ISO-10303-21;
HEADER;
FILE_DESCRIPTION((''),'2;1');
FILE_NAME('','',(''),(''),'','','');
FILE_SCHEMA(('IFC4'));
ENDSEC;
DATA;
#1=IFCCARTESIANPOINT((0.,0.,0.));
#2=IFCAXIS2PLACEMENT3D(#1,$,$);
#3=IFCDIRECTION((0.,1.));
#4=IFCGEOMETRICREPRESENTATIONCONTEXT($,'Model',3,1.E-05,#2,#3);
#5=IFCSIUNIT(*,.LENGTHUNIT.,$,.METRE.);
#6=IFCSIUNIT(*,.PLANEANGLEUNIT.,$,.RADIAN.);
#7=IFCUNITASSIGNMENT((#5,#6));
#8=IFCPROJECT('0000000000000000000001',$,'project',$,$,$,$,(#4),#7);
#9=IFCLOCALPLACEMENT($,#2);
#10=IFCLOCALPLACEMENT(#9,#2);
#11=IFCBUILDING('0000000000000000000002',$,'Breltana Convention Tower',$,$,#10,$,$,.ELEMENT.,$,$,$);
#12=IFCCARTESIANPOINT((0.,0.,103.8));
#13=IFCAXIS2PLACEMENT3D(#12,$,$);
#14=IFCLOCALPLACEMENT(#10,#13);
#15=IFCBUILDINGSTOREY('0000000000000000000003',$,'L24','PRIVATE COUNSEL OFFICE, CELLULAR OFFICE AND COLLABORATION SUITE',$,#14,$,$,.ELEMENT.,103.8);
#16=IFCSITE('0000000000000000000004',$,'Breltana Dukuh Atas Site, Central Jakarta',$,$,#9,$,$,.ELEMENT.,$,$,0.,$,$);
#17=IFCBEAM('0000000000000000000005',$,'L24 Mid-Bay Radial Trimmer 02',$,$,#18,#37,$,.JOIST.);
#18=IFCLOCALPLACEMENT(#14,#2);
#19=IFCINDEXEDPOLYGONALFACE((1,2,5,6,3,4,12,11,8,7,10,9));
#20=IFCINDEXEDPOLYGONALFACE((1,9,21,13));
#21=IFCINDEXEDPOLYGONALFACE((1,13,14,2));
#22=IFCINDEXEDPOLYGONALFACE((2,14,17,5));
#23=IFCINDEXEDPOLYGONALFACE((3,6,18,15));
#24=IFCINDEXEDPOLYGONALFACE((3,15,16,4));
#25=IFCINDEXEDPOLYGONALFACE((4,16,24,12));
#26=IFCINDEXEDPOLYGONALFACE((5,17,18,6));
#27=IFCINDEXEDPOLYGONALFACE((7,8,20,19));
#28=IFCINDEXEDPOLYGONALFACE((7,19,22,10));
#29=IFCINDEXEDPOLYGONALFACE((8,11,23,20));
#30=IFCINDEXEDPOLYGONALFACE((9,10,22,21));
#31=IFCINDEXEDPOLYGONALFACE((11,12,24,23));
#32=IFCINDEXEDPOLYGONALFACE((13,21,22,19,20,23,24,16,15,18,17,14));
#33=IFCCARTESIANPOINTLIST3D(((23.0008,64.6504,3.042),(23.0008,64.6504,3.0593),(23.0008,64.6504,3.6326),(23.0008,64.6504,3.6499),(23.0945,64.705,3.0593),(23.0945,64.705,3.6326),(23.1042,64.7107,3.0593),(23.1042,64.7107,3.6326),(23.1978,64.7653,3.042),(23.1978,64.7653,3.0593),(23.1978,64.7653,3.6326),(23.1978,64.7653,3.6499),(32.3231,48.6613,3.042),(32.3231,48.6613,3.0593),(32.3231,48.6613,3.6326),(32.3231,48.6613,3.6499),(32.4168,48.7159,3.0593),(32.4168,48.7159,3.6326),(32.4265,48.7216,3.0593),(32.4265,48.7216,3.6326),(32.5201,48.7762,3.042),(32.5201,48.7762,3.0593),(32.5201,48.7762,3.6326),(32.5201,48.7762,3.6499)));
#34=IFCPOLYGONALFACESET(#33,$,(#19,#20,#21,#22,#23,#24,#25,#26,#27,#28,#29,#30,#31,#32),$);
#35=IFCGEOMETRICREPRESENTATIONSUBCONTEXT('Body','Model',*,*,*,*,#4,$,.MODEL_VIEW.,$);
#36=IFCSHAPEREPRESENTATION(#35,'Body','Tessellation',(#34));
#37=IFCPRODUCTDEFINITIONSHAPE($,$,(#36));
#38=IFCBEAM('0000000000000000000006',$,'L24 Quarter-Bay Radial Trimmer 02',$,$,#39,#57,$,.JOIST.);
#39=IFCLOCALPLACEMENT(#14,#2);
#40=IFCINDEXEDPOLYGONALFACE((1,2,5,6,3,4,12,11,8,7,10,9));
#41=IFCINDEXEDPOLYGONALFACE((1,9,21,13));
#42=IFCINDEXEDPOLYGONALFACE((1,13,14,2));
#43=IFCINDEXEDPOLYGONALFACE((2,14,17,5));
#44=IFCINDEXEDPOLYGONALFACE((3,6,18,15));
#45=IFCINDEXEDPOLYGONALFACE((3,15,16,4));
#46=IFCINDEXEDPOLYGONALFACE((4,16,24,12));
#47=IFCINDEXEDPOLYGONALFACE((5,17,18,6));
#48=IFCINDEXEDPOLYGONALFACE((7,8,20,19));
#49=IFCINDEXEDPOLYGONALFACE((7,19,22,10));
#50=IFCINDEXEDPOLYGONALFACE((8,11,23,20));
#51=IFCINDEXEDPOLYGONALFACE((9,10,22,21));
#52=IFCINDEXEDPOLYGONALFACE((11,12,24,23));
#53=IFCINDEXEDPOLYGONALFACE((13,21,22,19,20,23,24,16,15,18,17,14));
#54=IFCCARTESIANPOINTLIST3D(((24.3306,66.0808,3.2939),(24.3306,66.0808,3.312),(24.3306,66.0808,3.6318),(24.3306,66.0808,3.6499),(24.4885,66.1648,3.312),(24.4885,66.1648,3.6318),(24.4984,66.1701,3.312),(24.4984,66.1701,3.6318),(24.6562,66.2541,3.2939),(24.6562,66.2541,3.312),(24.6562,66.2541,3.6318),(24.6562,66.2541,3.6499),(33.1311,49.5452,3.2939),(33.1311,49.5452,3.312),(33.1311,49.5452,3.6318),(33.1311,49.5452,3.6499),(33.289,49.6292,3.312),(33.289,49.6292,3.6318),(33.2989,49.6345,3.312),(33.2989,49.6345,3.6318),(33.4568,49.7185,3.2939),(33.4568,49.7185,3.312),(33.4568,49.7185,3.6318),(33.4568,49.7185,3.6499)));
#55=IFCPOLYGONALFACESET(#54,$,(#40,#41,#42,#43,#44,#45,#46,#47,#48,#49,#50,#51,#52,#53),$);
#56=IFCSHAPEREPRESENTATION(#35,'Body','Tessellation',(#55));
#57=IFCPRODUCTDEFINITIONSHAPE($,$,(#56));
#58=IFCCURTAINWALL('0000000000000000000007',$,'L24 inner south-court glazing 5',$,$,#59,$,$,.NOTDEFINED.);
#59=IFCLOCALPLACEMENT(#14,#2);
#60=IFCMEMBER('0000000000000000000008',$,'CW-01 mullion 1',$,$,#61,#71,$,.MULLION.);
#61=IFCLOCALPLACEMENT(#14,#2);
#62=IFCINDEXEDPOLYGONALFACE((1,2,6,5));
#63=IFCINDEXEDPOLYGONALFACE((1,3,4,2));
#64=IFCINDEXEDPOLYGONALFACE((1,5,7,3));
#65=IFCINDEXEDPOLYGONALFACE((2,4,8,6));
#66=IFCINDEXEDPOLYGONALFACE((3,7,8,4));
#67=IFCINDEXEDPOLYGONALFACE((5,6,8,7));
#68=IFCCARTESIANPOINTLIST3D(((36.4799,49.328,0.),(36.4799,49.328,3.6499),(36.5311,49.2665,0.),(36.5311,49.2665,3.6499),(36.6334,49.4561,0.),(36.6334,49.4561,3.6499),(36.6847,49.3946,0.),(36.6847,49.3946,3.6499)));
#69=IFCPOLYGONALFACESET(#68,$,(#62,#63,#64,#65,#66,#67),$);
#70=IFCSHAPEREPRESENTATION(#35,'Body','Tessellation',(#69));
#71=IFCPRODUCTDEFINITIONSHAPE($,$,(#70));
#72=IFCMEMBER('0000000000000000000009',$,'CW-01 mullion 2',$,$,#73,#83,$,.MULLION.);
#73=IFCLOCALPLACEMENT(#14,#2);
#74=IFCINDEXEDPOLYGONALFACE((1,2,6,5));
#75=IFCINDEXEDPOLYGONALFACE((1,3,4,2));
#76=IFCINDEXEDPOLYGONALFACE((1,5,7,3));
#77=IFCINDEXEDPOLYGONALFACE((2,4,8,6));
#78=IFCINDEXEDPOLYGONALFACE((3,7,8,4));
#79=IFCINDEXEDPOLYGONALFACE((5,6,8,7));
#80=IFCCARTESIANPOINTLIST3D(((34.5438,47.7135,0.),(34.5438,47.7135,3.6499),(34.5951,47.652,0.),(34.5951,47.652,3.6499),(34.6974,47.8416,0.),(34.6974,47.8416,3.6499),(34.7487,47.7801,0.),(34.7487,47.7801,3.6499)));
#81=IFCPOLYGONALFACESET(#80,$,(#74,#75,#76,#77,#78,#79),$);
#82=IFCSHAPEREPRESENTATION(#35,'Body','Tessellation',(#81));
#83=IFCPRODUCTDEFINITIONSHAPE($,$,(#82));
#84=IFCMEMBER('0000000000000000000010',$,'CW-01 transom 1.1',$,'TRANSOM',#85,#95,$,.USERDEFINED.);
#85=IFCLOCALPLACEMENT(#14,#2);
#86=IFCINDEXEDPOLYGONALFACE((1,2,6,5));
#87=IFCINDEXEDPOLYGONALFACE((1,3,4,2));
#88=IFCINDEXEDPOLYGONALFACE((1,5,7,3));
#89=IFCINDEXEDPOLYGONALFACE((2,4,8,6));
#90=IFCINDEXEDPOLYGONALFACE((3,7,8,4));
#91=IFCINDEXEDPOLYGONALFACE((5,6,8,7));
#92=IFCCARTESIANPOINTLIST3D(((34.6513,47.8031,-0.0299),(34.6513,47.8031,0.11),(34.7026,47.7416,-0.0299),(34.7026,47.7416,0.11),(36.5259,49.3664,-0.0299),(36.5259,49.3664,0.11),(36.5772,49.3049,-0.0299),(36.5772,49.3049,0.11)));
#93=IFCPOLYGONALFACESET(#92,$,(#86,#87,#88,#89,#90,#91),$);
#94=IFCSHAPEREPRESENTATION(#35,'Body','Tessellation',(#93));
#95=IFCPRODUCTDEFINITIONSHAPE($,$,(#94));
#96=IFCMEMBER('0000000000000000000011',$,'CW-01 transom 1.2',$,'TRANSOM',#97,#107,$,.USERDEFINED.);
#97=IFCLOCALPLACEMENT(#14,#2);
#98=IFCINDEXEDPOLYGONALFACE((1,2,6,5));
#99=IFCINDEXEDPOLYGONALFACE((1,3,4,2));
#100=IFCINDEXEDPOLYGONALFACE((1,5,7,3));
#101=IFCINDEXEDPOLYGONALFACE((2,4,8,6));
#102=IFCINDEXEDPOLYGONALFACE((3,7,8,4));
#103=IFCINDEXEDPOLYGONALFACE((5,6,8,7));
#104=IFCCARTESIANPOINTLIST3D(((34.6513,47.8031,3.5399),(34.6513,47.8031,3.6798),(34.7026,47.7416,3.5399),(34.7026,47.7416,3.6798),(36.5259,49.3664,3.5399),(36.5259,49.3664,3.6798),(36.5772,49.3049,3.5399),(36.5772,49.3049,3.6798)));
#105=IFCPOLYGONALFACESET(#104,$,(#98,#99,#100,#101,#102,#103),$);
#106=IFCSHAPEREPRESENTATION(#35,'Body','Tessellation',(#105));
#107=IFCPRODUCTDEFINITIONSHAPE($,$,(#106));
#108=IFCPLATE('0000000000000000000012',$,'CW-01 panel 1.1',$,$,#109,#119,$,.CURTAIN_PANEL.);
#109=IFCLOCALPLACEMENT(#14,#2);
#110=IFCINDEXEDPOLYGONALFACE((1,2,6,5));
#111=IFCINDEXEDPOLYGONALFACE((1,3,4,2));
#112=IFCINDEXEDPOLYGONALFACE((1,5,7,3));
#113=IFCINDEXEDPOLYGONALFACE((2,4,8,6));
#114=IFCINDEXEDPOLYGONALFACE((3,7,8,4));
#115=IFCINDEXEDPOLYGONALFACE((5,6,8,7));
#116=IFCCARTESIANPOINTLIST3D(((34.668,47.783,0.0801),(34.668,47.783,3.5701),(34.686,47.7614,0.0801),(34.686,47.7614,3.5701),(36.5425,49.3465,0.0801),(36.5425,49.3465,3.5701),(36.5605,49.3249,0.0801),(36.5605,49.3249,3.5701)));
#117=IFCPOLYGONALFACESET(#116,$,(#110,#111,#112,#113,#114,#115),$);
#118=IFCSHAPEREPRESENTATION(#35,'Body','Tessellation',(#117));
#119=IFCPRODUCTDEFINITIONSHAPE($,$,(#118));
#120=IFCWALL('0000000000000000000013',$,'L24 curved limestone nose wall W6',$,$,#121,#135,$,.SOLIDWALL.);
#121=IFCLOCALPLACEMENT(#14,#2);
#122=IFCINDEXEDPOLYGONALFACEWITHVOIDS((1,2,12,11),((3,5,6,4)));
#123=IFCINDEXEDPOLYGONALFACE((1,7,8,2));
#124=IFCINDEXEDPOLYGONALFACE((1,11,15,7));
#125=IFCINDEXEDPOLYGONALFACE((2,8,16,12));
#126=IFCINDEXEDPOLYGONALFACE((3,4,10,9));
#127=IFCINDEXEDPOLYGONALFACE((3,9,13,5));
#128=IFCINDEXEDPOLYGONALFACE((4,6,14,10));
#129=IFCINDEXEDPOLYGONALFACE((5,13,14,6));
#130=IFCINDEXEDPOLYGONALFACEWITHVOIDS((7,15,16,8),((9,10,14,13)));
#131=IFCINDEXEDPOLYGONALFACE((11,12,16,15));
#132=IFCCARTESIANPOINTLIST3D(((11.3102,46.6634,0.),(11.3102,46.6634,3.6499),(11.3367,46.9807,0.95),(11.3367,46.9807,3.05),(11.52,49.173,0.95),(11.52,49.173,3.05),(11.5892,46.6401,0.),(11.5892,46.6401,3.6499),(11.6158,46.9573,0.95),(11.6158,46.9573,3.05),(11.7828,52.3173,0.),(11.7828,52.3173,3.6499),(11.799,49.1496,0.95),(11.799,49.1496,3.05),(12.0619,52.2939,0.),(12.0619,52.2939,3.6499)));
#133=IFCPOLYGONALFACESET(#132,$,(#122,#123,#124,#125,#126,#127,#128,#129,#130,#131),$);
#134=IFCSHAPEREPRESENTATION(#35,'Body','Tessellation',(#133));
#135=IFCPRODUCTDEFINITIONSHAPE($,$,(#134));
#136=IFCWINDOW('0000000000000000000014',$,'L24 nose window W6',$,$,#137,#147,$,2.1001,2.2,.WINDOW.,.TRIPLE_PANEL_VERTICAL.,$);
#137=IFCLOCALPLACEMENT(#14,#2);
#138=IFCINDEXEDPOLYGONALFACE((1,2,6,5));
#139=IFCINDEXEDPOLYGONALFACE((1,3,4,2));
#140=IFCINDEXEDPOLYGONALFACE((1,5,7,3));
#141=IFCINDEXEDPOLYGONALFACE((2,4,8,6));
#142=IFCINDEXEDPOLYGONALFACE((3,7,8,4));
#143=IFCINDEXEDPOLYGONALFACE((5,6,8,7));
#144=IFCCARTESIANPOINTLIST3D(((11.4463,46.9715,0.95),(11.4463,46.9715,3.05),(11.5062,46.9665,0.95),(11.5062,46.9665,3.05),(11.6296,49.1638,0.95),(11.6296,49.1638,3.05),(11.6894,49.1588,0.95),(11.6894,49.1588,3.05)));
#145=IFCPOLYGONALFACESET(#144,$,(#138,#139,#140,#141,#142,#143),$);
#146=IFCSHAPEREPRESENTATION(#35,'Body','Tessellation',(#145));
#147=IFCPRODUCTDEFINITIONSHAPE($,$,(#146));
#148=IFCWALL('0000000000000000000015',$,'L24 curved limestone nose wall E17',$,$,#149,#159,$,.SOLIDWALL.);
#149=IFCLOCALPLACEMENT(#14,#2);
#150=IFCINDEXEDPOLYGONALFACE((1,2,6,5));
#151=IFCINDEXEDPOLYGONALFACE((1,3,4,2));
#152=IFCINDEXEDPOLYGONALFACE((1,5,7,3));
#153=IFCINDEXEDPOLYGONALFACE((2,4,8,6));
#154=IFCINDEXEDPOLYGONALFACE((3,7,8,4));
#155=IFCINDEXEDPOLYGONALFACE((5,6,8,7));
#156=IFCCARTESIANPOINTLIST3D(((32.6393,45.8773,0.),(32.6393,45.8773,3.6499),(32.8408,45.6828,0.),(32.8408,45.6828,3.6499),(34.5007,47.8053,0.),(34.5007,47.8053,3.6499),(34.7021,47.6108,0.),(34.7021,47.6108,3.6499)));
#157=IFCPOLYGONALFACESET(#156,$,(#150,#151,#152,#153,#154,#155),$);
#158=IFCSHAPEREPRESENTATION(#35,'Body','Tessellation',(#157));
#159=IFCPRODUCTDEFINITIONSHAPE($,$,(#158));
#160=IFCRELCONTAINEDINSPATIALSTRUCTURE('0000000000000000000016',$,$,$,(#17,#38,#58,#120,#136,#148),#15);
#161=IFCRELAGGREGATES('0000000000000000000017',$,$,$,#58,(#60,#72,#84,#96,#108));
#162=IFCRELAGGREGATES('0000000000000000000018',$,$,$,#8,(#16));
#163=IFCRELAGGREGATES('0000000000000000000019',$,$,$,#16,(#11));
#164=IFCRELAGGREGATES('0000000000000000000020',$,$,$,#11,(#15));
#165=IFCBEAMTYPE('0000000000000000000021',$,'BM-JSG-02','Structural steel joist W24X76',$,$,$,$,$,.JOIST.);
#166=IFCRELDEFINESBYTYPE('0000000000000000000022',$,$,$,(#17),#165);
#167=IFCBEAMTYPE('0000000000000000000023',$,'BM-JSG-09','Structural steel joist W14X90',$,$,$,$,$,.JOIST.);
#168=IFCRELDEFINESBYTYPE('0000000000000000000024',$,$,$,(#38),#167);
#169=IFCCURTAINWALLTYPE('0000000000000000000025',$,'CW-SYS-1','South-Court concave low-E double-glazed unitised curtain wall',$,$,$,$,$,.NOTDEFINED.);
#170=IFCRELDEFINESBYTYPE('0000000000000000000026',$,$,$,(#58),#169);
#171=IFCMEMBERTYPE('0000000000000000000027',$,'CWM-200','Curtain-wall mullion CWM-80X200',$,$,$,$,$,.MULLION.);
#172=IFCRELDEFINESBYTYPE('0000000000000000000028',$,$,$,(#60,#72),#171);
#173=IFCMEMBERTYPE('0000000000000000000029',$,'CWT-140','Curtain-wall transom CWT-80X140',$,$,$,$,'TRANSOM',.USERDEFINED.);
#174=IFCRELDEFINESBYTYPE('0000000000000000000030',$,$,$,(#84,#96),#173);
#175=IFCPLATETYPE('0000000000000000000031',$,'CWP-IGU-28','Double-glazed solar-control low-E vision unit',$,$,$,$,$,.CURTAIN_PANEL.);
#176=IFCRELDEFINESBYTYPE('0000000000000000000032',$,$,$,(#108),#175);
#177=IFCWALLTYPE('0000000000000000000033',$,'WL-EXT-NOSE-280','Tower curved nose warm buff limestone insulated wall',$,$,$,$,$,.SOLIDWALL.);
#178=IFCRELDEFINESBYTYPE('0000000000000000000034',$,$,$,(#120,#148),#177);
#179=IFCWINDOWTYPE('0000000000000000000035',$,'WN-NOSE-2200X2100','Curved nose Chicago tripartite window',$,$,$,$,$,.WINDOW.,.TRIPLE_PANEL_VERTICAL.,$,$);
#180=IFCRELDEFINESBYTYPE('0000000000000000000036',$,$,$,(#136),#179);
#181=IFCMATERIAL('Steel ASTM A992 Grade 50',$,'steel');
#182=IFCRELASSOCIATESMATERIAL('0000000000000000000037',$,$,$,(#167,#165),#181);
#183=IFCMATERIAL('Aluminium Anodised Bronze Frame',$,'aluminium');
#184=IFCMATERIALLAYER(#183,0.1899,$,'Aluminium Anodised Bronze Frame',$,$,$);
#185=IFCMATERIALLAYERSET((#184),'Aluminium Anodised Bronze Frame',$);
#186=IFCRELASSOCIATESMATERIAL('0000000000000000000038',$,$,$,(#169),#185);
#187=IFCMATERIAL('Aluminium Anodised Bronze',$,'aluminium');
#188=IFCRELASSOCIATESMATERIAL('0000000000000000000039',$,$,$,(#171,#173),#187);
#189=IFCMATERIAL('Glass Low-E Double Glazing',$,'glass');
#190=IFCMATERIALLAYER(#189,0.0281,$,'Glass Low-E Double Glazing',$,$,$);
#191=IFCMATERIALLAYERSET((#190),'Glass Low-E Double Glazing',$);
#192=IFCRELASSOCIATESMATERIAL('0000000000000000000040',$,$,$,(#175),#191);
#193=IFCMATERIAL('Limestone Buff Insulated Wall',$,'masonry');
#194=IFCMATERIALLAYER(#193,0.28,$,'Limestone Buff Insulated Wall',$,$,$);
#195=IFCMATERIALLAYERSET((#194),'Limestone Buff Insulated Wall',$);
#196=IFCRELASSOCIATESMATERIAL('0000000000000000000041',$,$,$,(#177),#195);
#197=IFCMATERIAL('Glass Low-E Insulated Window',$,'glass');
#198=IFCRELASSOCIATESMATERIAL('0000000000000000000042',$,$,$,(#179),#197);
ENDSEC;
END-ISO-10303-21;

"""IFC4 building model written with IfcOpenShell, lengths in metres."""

from ifc_helpers import new_model, si_unit, direction, frame, frame_2d, origin, origin_2d, place, context, subcontext, project, spatial, rectangle, i_section, extrude, source, transform, mapped, material, layer, layer_set, material_profile, profile_set, type_object, type_shapes, element, fill, aggregate, save


model = new_model("IFC4")

# Units and contexts
model_context = context("Model", 3, precision=1e-05, world=origin(), true_north=direction((0.0, 1.0)))
body_context = subcontext(model_context, "Body", "Model", "MODEL_VIEW")
ifc_project = project(units=[si_unit("LENGTHUNIT", "METRE"), si_unit("PLANEANGLEUNIT", "RADIAN")], contexts=[model_context])

# Site, building, storey
site_placement = place(None, origin())
site = spatial("IfcSite", under=ifc_project, at=site_placement, Name="Breltana Dukuh Atas Site, Central Jakarta", CompositionType="ELEMENT", RefElevation=0.0)
building_placement = place(site_placement, origin())
building = spatial("IfcBuilding", under=site, at=building_placement, Name="Breltana Convention Tower", CompositionType="ELEMENT")
storey_placement = place(building_placement, frame((0.0, 0.0, 103.8)))
storey = spatial("IfcBuildingStorey", under=building, at=storey_placement, Name="L24", Description="PRIVATE COUNSEL OFFICE, CELLULAR OFFICE AND COLLABORATION SUITE", CompositionType="ELEMENT", Elevation=103.8)

# Beams
ifc_material_1 = material(Name="Steel ASTM A992 Grade 50", Category="steel")
ifc_material_profile_1 = material_profile(ifc_material_1, i_section(OverallWidth=0.3689, OverallDepth=0.356, WebThickness=0.0112, FlangeThickness=0.0181, at=origin_2d()), Name="W14X90")
ifc_profile_set_1 = profile_set([ifc_material_profile_1], Name="Steel ASTM A992 Grade 50")
beam_type_1 = type_object("IfcBeamType", Name="BM-JSG-09", Description="Structural steel joist W14X90", PredefinedType="JOIST", material=ifc_profile_set_1)
ifc_material_profile_2 = material_profile(ifc_material_1, i_section(OverallWidth=0.228, OverallDepth=0.6079, WebThickness=0.0112, FlangeThickness=0.0173, at=origin_2d()), Name="W24X76")
ifc_profile_set_2 = profile_set([ifc_material_profile_2], Name="Steel ASTM A992 Grade 50")
beam_type_2 = type_object("IfcBeamType", Name="BM-JSG-02", Description="Structural steel joist W24X76", PredefinedType="JOIST", material=ifc_profile_set_2)
shared_shape_1 = source(origin(), body_context, "Body", "SweptSolid", [
    extrude(i_section(OverallWidth=0.228, OverallDepth=0.6079, WebThickness=0.0112, FlangeThickness=0.0173, at=origin_2d()), origin(), (0.0, 0.0, 1.0), 18.5083),
])
beam_1_placement = place(storey_placement, frame((32.4216, 48.7188, 3.3459), z_axis=(-0.503683, 0.863888, 0.0), x_axis=(-0.863888, -0.503683, 0.0)))
element("IfcBeam", 1, at=beam_1_placement, inside=storey, type_object=beam_type_2, Name="L24 Mid-Bay Radial Trimmer 02", PredefinedType="JOIST", context=body_context, shape_type="MappedRepresentation", body=[
    mapped(shared_shape_1, transform((0.0, 0.0, 0.0), scale=1.0)),
])
shared_shape_2 = source(origin(), body_context, "Body", "SweptSolid", [
    extrude(i_section(OverallWidth=0.3689, OverallDepth=0.356, WebThickness=0.0112, FlangeThickness=0.0181, at=origin_2d()), origin(), (0.0, 0.0, 1.0), 18.7317),
])
beam_2_placement = place(storey_placement, frame((33.2939, 49.6318, 3.4719), z_axis=(-0.46982, 0.882762, 0.0), x_axis=(-0.882762, -0.46982, 0.0)))
element("IfcBeam", 2, at=beam_2_placement, inside=storey, type_object=beam_type_1, Name="L24 Quarter-Bay Radial Trimmer 02", PredefinedType="JOIST", context=body_context, shape_type="MappedRepresentation", body=[
    mapped(shared_shape_2, transform((0.0, 0.0, 0.0), scale=1.0)),
])

# Curtain wall, members, plate
ifc_material_2 = material(Name="Aluminium Anodised Bronze Frame", Category="aluminium")
ifc_layer_1 = layer(ifc_material_2, 0.1899, Name="Aluminium Anodised Bronze Frame")
ifc_layer_set_1 = layer_set([ifc_layer_1], Name="Aluminium Anodised Bronze Frame")
curtain_wall_type = type_object("IfcCurtainWallType", Name="CW-SYS-1", Description="South-Court concave low-E double-glazed unitised curtain wall", PredefinedType="NOTDEFINED", material=ifc_layer_set_1)
curtain_wall_placement = place(storey_placement, origin())
curtain_wall = element("IfcCurtainWall", 3, at=curtain_wall_placement, inside=storey, type_object=curtain_wall_type, Name="L24 inner south-court glazing 5", PredefinedType="NOTDEFINED")
ifc_material_3 = material(Name="Aluminium Anodised Bronze", Category="aluminium")
ifc_material_profile_3 = material_profile(ifc_material_3, rectangle(XDim=0.0801, YDim=0.2, at=origin_2d()), Name="CWM-80X200")
ifc_profile_set_3 = profile_set([ifc_material_profile_3], Name="Aluminium Anodised Bronze")
member_type_1 = type_object("IfcMemberType", Name="CWM-200", Description="Curtain-wall mullion CWM-80X200", PredefinedType="MULLION", material=ifc_profile_set_3)
shared_shape_3 = source(origin(), body_context, "Body", "SweptSolid", [
    extrude(rectangle(XDim=0.0801, YDim=0.2, at=origin_2d()), origin(), (0.0, 0.0, 1.0), 3.6499),
])
member_1_placement = place(storey_placement, frame((36.5823, 49.3613, 0.0), z_axis=(0.0, 0.0, 1.0), x_axis=(0.640521, -0.767941, 0.0)))
member_1 = element("IfcMember", 4, at=member_1_placement, type_object=member_type_1, Name="CW-01 mullion 1", PredefinedType="MULLION", context=body_context, shape_type="MappedRepresentation", body=[
    mapped(shared_shape_3, transform((0.0, 0.0, 0.0), scale=1.0)),
])
member_2_placement = place(storey_placement, frame((34.6462, 47.7468, 0.0), z_axis=(0.0, 0.0, 1.0), x_axis=(0.640521, -0.767941, 0.0)))
member_2 = element("IfcMember", 5, at=member_2_placement, type_object=member_type_1, Name="CW-01 mullion 2", PredefinedType="MULLION", context=body_context, shape_type="MappedRepresentation", body=[
    mapped(shared_shape_3, transform((0.0, 0.0, 0.0), scale=1.0)),
])
ifc_material_profile_4 = material_profile(ifc_material_3, rectangle(XDim=0.0801, YDim=0.1399, at=origin_2d()), Name="CWT-80X140")
ifc_profile_set_4 = profile_set([ifc_material_profile_4], Name="Aluminium Anodised Bronze")
member_type_2 = type_object("IfcMemberType", Name="CWT-140", Description="Curtain-wall transom CWT-80X140", ElementType="TRANSOM", PredefinedType="USERDEFINED", material=ifc_profile_set_4)
shared_shape_4 = source(origin(), body_context, "Body", "SweptSolid", [
    extrude(rectangle(XDim=0.0801, YDim=0.1399, at=origin_2d()), origin(), (0.0, 0.0, 1.0), 2.4409),
])
member_3_placement = place(storey_placement, frame((36.5515, 49.3357, 0.04), z_axis=(-0.767992, -0.64046, 0.0), x_axis=(0.64046, -0.767992, 0.0)))
member_3 = element("IfcMember", 6, at=member_3_placement, type_object=member_type_2, Name="CW-01 transom 1.1", ObjectType="TRANSOM", PredefinedType="USERDEFINED", context=body_context, shape_type="MappedRepresentation", body=[
    mapped(shared_shape_4, transform((0.0, 0.0, 0.0), scale=1.0)),
])
member_4_placement = place(storey_placement, frame((36.5515, 49.3357, 3.6099), z_axis=(-0.767992, -0.64046, 0.0), x_axis=(0.64046, -0.767992, 0.0)))
member_4 = element("IfcMember", 7, at=member_4_placement, type_object=member_type_2, Name="CW-01 transom 1.2", ObjectType="TRANSOM", PredefinedType="USERDEFINED", context=body_context, shape_type="MappedRepresentation", body=[
    mapped(shared_shape_4, transform((0.0, 0.0, 0.0), scale=1.0)),
])
ifc_material_4 = material(Name="Glass Low-E Double Glazing", Category="glass")
ifc_layer_2 = layer(ifc_material_4, 0.0281, Name="Glass Low-E Double Glazing")
ifc_layer_set_2 = layer_set([ifc_layer_2], Name="Glass Low-E Double Glazing")
plate_type = type_object("IfcPlateType", Name="CWP-IGU-28", Description="Double-glazed solar-control low-E vision unit", PredefinedType="CURTAIN_PANEL", material=ifc_layer_set_2)
shared_shape_5 = source(origin(), body_context, "Body", "SweptSolid", [
    extrude(rectangle(XDim=2.4409, YDim=0.0281, at=origin_2d()), origin(), (0.0, 0.0, 1.0), 3.49),
])
plate_placement = place(storey_placement, frame((35.6143, 48.554, 0.0801), z_axis=(0.0, 0.0, 1.0), x_axis=(-0.767941, -0.640521, 0.0)))
plate = element("IfcPlate", 8, at=plate_placement, type_object=plate_type, Name="CW-01 panel 1.1", PredefinedType="CURTAIN_PANEL", context=body_context, shape_type="MappedRepresentation", body=[
    mapped(shared_shape_5, transform((0.0, 0.0, 0.0), scale=1.0)),
])
aggregate(curtain_wall, [member_1, member_2, member_3, member_4, plate])

# Wall, opening, window
ifc_material_5 = material(Name="Limestone Buff Insulated Wall", Category="masonry")
ifc_layer_3 = layer(ifc_material_5, 0.28, Name="Limestone Buff Insulated Wall")
ifc_layer_set_3 = layer_set([ifc_layer_3], Name="Limestone Buff Insulated Wall")
wall_type_1 = type_object("IfcWallType", Name="WL-EXT-NOSE-280", Description="Tower curved nose warm buff limestone insulated wall", PredefinedType="SOLIDWALL", material=ifc_layer_set_3)
shared_shape_6 = source(origin(), body_context, "Body", "SweptSolid", [
    extrude(rectangle(XDim=5.6736, YDim=0.28, at=frame_2d((2.8369, 0.0))), origin(), (0.0, 0.0, 1.0), 3.6499),
])
wall_1_placement = place(storey_placement, frame((11.4497, 46.6516, 0.0), z_axis=(0.0, 0.0, 1.0), x_axis=(0.083309, 0.996524, 0.0)))
wall_1 = element("IfcWall", 9, at=wall_1_placement, inside=storey, type_object=wall_type_1, Name="L24 curved limestone nose wall W6", PredefinedType="SOLIDWALL", context=body_context, shape_type="MappedRepresentation", body=[
    mapped(shared_shape_6, transform((0.0, 0.0, 0.0), scale=1.0)),
])
opening_placement = place(wall_1_placement, frame((0.3184, 0.0, 0.95)))
opening = element("IfcOpeningElement", 10, at=opening_placement, cuts=wall_1, PredefinedType="OPENING", context=body_context, shape_type="SweptSolid", body=[
    extrude(rectangle(XDim=2.2, YDim=2.1001, at=frame_2d((1.1001, 1.05))), frame((0.0, 0.1499, 0.0), z_axis=(0.0, -1.0, 0.0), x_axis=(1.0, 0.0, 0.0)), (0.0, 0.0, 1.0), 0.3),
])
ifc_material_6 = material(Name="Glass Low-E Insulated Window", Category="glass")
window_type = type_object("IfcWindowType", Name="WN-NOSE-2200X2100", Description="Curved nose Chicago tripartite window", PartitioningType="TRIPLE_PANEL_VERTICAL", PredefinedType="WINDOW", material=ifc_material_6)
shared_shape_7 = source(origin(), body_context, "Body", "SweptSolid", [
    extrude(rectangle(XDim=2.2, YDim=2.1001, at=frame_2d((1.1001, 1.05))), frame((0.0, 0.03, 0.0), z_axis=(0.0, -1.0, 0.0), x_axis=(1.0, 0.0, 0.0)), (0.0, 0.0, 1.0), 0.0601),
])
type_shapes(window_type, [shared_shape_7])
window_placement = place(opening_placement, origin())
window = element("IfcWindow", 11, at=window_placement, inside=storey, type_object=window_type, Name="L24 nose window W6", OverallHeight=2.1001, OverallWidth=2.2, PartitioningType="TRIPLE_PANEL_VERTICAL", PredefinedType="WINDOW", context=body_context, shape_type="MappedRepresentation", body=[
    mapped(shared_shape_7, transform((0.0, 0.0, 0.0), scale=1.0)),
])
fill(opening, window)

# Wall
shared_shape_8 = source(origin(), body_context, "Body", "SweptSolid", [
    extrude(rectangle(XDim=2.6799, YDim=0.28, at=frame_2d((1.3398, 0.0))), origin(), (0.0, 0.0, 1.0), 3.6499),
])
wall_2_placement = place(storey_placement, frame((34.6013, 47.708, 0.0), z_axis=(0.0, 0.0, 1.0), x_axis=(-0.694562, -0.719433, 0.0)))
element("IfcWall", 12, at=wall_2_placement, inside=storey, type_object=wall_type_1, Name="L24 curved limestone nose wall E17", PredefinedType="SOLIDWALL", context=body_context, shape_type="MappedRepresentation", body=[
    mapped(shared_shape_8, transform((0.0, 0.0, 0.0), scale=1.0)),
])

save(model, "model.ifc")
